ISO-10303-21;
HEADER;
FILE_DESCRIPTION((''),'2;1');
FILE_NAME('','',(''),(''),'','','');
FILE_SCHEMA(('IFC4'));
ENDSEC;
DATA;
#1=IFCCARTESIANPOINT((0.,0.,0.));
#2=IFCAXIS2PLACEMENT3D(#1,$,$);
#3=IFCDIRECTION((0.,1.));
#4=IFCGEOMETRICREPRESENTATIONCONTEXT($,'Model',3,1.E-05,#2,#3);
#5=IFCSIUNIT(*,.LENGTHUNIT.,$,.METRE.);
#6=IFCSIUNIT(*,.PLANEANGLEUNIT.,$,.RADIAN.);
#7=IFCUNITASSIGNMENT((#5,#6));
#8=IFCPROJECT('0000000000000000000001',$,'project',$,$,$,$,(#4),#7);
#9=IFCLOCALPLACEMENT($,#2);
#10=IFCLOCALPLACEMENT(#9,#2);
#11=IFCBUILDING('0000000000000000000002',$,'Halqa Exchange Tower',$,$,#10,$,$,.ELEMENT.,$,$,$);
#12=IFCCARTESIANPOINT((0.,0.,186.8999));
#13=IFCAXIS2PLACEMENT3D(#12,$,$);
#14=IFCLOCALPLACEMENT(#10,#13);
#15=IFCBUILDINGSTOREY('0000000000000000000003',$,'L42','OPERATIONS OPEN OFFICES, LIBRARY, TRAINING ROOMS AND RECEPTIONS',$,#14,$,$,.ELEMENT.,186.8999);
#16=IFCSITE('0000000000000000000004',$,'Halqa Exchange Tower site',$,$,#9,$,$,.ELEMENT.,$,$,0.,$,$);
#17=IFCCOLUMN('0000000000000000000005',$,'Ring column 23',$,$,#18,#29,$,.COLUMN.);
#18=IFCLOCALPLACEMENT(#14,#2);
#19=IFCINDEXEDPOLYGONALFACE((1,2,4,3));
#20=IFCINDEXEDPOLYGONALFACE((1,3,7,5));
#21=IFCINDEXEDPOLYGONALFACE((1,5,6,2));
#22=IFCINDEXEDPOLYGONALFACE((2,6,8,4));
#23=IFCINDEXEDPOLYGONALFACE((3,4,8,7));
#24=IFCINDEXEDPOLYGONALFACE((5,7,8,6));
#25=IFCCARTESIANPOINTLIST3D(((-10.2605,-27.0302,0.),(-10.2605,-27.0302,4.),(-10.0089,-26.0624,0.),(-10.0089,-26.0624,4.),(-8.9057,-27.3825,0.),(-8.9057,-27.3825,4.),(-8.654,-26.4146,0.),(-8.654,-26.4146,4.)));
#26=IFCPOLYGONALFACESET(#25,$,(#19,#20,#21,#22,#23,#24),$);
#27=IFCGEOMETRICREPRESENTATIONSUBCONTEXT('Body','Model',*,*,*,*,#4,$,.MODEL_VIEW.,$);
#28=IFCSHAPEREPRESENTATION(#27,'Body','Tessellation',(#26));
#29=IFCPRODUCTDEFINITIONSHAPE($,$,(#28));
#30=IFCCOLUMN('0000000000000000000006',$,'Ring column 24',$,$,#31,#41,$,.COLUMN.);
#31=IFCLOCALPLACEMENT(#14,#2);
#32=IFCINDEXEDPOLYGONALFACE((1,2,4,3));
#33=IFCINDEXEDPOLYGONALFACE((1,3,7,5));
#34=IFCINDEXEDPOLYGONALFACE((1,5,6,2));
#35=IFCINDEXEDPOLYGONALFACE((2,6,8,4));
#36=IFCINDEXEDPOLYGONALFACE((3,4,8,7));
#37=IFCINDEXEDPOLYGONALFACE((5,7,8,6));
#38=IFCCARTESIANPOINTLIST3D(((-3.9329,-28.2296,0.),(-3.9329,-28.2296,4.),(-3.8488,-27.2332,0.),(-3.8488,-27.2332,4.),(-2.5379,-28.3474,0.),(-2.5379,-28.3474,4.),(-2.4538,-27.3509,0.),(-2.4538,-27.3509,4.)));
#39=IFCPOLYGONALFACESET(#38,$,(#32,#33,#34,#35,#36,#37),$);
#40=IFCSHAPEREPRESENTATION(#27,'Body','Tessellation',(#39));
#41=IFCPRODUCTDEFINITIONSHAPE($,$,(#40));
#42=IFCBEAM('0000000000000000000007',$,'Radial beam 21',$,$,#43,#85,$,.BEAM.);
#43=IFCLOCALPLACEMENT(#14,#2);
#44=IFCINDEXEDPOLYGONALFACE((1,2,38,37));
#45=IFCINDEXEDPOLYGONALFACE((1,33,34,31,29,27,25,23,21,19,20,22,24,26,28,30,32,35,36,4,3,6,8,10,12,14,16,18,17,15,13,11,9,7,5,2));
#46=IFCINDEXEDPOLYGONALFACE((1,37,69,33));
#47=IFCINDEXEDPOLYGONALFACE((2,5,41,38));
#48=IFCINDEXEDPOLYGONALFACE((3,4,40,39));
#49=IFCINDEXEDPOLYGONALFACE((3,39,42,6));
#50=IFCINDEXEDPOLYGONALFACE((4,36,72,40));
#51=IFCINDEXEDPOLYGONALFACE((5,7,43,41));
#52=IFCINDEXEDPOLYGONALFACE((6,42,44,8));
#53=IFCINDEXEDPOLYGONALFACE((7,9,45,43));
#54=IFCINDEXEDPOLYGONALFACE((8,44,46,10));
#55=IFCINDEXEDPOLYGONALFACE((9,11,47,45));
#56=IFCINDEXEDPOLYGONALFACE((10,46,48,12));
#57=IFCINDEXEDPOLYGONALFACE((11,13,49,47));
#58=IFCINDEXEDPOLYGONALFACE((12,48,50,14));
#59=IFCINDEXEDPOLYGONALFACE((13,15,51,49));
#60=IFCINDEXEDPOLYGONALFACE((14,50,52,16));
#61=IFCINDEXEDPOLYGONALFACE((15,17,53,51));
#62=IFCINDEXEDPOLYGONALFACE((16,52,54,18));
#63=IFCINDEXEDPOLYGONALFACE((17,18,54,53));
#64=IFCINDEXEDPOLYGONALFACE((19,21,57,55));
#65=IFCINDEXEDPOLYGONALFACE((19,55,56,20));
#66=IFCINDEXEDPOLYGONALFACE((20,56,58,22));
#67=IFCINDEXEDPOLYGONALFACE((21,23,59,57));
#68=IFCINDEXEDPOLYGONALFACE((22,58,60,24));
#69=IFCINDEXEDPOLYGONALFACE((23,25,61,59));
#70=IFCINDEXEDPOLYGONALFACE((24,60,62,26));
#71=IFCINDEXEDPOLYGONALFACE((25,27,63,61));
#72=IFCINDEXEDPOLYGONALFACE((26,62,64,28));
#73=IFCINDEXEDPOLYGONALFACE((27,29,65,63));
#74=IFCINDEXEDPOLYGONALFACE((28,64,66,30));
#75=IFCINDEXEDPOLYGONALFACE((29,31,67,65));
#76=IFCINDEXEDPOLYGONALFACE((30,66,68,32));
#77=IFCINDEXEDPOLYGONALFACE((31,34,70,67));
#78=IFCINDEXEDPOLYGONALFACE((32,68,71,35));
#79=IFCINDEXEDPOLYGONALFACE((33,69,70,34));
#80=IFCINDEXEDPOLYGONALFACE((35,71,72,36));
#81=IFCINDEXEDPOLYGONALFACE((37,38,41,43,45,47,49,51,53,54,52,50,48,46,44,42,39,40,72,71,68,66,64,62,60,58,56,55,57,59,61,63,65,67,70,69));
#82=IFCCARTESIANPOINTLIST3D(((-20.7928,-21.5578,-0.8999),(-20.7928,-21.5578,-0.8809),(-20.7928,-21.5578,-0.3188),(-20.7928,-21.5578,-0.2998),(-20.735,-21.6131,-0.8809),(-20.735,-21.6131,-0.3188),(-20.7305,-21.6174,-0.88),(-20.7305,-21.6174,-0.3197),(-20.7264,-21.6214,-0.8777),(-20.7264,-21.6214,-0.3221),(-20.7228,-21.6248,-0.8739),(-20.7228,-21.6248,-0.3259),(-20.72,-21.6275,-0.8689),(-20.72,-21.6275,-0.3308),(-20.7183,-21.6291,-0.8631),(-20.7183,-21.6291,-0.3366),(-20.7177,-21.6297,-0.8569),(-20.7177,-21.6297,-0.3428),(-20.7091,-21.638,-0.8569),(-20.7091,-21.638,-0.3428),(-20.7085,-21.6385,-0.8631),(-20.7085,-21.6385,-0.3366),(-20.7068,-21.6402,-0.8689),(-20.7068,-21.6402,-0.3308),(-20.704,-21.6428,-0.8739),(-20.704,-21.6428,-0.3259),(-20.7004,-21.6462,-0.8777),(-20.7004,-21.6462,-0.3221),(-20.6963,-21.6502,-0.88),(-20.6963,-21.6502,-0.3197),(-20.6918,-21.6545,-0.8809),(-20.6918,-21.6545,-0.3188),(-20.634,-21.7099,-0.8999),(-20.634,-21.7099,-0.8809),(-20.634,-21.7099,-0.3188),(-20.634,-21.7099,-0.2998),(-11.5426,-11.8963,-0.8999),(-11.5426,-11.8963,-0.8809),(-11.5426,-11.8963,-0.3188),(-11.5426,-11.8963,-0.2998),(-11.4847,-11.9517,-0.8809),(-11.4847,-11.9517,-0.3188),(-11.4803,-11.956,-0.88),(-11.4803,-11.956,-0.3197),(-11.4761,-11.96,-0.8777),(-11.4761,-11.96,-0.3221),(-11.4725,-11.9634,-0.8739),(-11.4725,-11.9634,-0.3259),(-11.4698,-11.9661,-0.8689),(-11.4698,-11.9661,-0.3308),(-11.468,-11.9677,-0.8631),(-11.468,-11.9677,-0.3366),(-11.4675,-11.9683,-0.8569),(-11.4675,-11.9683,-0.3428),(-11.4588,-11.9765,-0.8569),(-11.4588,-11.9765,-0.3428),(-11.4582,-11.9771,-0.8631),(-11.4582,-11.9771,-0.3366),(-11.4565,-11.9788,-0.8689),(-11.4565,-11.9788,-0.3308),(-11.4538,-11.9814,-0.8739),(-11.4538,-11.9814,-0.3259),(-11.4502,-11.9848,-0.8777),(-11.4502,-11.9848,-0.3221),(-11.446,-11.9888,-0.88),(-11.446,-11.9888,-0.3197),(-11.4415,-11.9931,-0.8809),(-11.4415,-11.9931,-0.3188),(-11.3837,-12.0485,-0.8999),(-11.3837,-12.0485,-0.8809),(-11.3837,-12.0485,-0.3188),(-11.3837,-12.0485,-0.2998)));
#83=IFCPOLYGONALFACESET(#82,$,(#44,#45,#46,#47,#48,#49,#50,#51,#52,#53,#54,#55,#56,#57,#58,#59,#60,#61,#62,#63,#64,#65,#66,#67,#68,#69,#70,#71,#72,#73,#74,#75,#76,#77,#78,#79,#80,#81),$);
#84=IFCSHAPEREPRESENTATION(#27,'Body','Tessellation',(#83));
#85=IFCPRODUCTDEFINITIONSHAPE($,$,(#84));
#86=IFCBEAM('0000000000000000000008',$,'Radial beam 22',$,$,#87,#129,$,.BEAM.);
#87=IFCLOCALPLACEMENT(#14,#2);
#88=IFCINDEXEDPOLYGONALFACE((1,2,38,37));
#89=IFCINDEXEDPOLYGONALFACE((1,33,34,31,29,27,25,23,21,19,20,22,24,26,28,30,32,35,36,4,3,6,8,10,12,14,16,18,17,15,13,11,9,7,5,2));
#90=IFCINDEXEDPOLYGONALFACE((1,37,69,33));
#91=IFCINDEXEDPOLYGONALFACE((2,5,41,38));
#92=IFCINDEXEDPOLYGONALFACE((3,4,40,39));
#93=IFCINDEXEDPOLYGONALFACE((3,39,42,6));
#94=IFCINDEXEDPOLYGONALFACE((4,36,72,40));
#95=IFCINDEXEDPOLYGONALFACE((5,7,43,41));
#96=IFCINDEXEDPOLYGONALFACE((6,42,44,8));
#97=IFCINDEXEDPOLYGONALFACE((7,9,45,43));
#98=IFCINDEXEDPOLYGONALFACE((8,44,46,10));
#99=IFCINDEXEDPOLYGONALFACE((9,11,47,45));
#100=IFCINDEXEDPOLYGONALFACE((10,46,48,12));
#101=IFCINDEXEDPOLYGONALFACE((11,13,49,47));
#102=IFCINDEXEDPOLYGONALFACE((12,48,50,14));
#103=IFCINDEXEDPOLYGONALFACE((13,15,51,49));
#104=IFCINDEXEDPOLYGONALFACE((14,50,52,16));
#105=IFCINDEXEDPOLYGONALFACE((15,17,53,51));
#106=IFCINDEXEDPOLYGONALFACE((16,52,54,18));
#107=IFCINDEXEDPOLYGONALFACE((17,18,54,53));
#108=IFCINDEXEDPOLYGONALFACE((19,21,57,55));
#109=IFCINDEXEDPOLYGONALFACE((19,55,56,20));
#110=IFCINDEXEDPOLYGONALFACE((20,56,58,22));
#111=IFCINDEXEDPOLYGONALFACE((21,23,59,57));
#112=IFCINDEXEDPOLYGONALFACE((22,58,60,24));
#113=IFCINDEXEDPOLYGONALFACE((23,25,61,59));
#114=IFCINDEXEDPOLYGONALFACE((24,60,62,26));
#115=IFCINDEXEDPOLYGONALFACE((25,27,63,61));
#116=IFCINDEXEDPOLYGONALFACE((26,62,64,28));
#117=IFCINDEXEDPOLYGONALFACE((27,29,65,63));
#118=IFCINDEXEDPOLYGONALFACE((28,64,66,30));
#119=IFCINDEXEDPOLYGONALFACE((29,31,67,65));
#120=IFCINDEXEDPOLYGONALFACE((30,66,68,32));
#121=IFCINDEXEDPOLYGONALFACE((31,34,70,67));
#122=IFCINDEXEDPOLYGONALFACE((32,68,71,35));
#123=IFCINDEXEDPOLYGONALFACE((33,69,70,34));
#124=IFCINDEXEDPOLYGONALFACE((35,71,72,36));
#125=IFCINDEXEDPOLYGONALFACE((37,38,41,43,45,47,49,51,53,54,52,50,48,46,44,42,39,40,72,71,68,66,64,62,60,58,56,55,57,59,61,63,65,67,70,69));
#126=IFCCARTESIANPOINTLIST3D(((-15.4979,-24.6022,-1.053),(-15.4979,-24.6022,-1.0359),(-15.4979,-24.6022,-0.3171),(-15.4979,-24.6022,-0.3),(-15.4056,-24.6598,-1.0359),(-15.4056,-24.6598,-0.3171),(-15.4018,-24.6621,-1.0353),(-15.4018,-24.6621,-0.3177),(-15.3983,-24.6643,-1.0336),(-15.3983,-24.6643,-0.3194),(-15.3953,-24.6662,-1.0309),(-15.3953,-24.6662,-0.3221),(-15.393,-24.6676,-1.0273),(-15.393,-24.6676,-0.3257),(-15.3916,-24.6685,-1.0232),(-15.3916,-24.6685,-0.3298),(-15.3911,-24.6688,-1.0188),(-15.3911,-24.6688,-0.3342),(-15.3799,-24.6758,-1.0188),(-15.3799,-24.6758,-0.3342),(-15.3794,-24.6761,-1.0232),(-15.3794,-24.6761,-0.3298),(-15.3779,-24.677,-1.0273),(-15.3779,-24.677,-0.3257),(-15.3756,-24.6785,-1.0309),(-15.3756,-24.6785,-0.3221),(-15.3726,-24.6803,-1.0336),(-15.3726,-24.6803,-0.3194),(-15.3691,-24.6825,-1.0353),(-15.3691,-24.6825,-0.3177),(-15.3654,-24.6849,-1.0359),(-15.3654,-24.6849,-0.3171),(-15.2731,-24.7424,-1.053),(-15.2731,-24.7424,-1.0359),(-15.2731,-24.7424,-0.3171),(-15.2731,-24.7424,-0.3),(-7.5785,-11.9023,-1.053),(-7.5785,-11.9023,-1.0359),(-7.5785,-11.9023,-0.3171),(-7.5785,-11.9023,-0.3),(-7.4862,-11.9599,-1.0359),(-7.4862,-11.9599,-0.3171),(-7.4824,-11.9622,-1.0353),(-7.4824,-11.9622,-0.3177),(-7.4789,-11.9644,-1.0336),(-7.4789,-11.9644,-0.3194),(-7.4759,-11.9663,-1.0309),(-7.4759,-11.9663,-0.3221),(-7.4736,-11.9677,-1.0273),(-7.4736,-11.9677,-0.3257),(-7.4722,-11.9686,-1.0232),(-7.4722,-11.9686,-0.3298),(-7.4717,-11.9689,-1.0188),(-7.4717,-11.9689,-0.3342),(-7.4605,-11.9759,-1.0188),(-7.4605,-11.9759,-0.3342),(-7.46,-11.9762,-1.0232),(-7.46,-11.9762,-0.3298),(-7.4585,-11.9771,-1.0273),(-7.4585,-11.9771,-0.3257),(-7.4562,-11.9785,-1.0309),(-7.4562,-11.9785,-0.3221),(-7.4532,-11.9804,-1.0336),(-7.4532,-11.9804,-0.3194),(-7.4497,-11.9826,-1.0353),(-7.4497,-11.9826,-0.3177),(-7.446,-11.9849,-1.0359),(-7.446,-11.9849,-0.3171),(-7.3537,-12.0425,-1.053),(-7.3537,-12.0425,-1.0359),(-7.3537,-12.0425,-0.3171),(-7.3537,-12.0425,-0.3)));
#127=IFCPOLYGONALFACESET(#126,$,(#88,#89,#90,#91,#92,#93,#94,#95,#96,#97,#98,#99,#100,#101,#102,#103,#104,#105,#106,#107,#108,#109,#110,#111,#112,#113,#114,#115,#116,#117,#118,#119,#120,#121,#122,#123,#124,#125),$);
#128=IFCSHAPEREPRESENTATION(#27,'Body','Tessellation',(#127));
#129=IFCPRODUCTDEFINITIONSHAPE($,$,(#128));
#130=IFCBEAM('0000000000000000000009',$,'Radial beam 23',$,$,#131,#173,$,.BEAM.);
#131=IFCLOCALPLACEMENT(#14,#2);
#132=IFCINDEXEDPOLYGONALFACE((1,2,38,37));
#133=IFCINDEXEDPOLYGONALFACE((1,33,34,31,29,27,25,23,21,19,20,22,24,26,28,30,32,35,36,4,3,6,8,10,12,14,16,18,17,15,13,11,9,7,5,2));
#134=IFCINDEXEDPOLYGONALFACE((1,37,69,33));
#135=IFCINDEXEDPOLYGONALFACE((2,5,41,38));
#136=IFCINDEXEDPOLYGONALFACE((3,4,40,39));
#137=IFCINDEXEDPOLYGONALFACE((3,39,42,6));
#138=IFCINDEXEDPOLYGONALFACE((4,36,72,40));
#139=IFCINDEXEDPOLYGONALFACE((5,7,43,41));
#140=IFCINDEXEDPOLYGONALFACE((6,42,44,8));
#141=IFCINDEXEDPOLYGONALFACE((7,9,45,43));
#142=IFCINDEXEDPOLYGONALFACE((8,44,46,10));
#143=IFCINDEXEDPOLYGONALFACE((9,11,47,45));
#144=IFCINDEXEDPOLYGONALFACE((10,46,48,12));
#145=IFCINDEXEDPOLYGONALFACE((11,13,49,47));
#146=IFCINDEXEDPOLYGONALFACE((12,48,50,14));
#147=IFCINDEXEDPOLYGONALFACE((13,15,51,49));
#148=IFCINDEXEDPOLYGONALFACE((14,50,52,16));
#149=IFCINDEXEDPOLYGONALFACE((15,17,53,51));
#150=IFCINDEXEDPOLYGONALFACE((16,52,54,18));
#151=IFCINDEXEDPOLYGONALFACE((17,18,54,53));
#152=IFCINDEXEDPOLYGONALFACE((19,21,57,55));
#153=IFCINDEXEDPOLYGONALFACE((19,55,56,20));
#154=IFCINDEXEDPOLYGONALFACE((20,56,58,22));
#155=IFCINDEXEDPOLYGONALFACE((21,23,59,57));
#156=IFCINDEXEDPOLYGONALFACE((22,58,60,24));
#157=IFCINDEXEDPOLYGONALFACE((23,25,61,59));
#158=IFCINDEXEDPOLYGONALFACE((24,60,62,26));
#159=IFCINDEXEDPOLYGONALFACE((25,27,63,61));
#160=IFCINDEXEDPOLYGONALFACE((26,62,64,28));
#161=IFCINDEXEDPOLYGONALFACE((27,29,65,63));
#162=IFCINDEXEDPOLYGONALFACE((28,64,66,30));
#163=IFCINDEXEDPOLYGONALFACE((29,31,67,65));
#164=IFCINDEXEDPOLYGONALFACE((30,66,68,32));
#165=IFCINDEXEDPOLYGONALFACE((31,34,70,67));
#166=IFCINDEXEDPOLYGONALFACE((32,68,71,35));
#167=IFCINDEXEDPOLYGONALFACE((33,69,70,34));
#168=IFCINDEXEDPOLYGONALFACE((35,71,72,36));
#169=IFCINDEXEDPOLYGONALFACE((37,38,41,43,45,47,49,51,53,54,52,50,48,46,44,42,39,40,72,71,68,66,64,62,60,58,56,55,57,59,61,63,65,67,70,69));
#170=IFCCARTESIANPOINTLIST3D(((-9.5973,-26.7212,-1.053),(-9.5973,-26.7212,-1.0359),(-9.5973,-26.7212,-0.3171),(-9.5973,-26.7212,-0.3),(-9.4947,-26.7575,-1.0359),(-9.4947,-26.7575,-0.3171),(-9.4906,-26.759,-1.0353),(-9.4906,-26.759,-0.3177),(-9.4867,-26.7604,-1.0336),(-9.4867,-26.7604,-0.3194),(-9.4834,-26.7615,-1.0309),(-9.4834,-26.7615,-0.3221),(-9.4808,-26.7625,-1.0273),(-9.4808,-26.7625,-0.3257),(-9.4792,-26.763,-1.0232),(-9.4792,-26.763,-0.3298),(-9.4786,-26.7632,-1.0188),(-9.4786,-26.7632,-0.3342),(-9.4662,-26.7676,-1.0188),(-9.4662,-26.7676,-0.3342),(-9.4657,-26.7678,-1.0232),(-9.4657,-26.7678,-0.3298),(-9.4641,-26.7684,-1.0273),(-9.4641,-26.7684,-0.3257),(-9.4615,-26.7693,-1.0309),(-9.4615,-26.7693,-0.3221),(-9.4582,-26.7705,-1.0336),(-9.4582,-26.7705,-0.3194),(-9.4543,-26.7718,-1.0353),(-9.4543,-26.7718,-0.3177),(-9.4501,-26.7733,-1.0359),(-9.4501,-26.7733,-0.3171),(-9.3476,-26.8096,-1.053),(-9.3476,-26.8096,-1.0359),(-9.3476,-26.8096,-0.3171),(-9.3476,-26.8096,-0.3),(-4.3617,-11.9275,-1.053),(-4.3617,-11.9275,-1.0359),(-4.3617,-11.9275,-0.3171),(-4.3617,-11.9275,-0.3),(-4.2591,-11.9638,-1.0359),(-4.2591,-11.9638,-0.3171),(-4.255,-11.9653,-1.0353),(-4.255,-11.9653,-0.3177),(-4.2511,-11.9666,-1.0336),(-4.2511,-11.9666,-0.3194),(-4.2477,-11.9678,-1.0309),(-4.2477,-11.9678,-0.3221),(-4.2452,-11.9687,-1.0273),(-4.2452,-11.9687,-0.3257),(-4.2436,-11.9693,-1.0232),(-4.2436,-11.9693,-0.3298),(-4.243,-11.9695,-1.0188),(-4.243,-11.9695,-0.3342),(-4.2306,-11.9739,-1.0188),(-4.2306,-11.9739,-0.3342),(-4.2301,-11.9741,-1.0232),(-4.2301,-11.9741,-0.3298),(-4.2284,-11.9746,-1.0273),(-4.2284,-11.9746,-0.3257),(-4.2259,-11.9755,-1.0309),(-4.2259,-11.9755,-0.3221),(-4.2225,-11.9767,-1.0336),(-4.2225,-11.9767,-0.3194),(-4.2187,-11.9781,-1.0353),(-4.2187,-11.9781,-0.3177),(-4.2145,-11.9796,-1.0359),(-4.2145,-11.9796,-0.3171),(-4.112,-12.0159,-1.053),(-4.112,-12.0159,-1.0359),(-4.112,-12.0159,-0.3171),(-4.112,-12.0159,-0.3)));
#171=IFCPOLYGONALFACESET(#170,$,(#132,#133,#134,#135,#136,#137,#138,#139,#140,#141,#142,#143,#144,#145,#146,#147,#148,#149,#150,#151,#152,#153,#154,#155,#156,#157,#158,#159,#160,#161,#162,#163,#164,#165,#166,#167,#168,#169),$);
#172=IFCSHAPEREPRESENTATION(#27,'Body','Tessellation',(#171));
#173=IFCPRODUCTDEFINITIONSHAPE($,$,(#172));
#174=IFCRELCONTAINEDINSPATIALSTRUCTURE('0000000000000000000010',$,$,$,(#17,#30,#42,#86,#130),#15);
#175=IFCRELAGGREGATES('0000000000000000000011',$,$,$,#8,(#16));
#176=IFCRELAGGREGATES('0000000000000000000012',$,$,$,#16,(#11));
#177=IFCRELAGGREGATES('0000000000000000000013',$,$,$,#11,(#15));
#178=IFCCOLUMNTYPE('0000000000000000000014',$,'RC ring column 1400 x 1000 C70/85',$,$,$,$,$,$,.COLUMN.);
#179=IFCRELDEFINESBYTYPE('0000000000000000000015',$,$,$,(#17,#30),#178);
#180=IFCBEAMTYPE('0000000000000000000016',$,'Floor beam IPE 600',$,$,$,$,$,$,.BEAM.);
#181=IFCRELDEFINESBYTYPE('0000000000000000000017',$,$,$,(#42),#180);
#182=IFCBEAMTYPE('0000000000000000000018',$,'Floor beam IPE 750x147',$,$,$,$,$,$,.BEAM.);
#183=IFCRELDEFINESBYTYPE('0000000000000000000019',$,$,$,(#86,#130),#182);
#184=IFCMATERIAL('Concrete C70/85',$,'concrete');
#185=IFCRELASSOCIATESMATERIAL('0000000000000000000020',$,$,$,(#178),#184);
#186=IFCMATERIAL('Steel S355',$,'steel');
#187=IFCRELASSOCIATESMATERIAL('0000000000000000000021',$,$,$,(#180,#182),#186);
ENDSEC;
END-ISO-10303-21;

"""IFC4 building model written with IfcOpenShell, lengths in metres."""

from ifc_helpers import new_model, si_unit, direction, frame, origin, origin_2d, place, context, subcontext, project, spatial, rectangle, i_section, extrude, material, material_profile, profile_set, type_object, element, save


model = new_model("IFC4")

# Units and contexts
model_context = context("Model", 3, precision=1e-05, world=origin(), true_north=direction((0.0, 1.0)))
body_context = subcontext(model_context, "Body", "Model", "MODEL_VIEW")
ifc_project = project(units=[si_unit("LENGTHUNIT", "METRE"), si_unit("PLANEANGLEUNIT", "RADIAN")], contexts=[model_context])

# Site, building, storey
site_placement = place(None, origin())
site = spatial("IfcSite", under=ifc_project, at=site_placement, Name="Halqa Exchange Tower site", CompositionType="ELEMENT", RefElevation=0.0)
building_placement = place(site_placement, origin())
building = spatial("IfcBuilding", under=site, at=building_placement, Name="Halqa Exchange Tower", CompositionType="ELEMENT")
storey_placement = place(building_placement, frame((0.0, 0.0, 186.8999)))
storey = spatial("IfcBuildingStorey", under=building, at=storey_placement, Name="L42", Description="OPERATIONS OPEN OFFICES, LIBRARY, TRAINING ROOMS AND RECEPTIONS", CompositionType="ELEMENT", Elevation=186.8999)

# Columns
ifc_material_1 = material(Name="Concrete C70/85", Category="concrete")
ifc_material_profile_1 = material_profile(ifc_material_1, rectangle(XDim=1.3999, YDim=1.0, at=origin_2d()), Name="1400 x 1000")
ifc_profile_set_1 = profile_set([ifc_material_profile_1], Name="Concrete C70/85")
column_type = type_object("IfcColumnType", Name="RC ring column 1400 x 1000 C70/85", PredefinedType="COLUMN", material=ifc_profile_set_1)
for number, where, z_axis, x_axis, name in (
    (1, (-9.4573, -26.7224, 0.0), (0.0, 0.0, 1.0), (0.967821, -0.25164, 0.0), "Ring column 23"),
    (2, (-3.1934, -27.7903, 0.0), (0.0, 0.0, 1.0), (0.996456, -0.084116, 0.0), "Ring column 24"),
):
    element("IfcColumn", number, at=place(storey_placement, frame(where, z_axis=z_axis, x_axis=x_axis)), inside=storey, type_object=column_type, Name=name, PredefinedType="COLUMN", context=body_context, shape_type="SweptSolid", body=[
        extrude(rectangle(XDim=1.3999, YDim=1.0, at=origin_2d()), origin(), (0.0, 0.0, 1.0), 4.0),
    ])

# Beams
ifc_material_2 = material(Name="Steel S355", Category="steel")
ifc_material_profile_2 = material_profile(ifc_material_2, i_section(OverallWidth=0.22, OverallDepth=0.6001, WebThickness=0.012, FlangeThickness=0.019, FilletRadius=0.0239, at=origin_2d()), Name="IPE 600")
ifc_profile_set_2 = profile_set([ifc_material_profile_2], Name="Steel S355")
beam_type_1 = type_object("IfcBeamType", Name="Floor beam IPE 600", PredefinedType="BEAM", material=ifc_profile_set_2)
beam_1_placement = place(storey_placement, frame((-11.4631, -11.9724, -0.5999), z_axis=(-0.691571, -0.722308, 0.0), x_axis=(0.722308, -0.691571, 0.0)))
element("IfcBeam", 3, at=beam_1_placement, inside=storey, type_object=beam_type_1, Name="Radial beam 21", PredefinedType="BEAM", context=body_context, shape_type="SweptSolid", body=[
    extrude(i_section(OverallWidth=0.22, OverallDepth=0.6001, WebThickness=0.012, FlangeThickness=0.019, FilletRadius=0.0239, at=origin_2d()), origin(), (0.0, 0.0, 1.0), 13.3757),
])
ifc_material_profile_3 = material_profile(ifc_material_2, i_section(OverallWidth=0.2649, OverallDepth=0.7529, WebThickness=0.0132, FlangeThickness=0.0171, FilletRadius=0.0171, at=origin_2d()), Name="IPE 750x147")
ifc_profile_set_3 = profile_set([ifc_material_profile_3], Name="Steel S355")
beam_type_2 = type_object("IfcBeamType", Name="Floor beam IPE 750x147", PredefinedType="BEAM", material=ifc_profile_set_3)
beam_2_placement = place(storey_placement, frame((-7.4661, -11.9724, -0.6765), z_axis=(-0.529132, -0.848539, 0.0), x_axis=(0.848539, -0.529132, 0.0)))
element("IfcBeam", 4, at=beam_2_placement, inside=storey, type_object=beam_type_2, Name="Radial beam 22", PredefinedType="BEAM", context=body_context, shape_type="SweptSolid", body=[
    extrude(i_section(OverallWidth=0.2649, OverallDepth=0.7529, WebThickness=0.0132, FlangeThickness=0.0171, FilletRadius=0.0171, at=origin_2d()), origin(), (0.0, 0.0, 1.0), 14.9668),
])
beam_3_placement = place(storey_placement, frame((-4.2368, -11.9717, -0.6765), z_axis=(-0.33363, -0.942704, 0.0), x_axis=(0.942704, -0.33363, 0.0)))
element("IfcBeam", 5, at=beam_3_placement, inside=storey, type_object=beam_type_2, Name="Radial beam 23", PredefinedType="BEAM", context=body_context, shape_type="SweptSolid", body=[
    extrude(i_section(OverallWidth=0.2649, OverallDepth=0.7529, WebThickness=0.0132, FlangeThickness=0.0171, FilletRadius=0.0171, at=origin_2d()), origin(), (0.0, 0.0, 1.0), 15.6929),
])

save(model, "model.ifc")
